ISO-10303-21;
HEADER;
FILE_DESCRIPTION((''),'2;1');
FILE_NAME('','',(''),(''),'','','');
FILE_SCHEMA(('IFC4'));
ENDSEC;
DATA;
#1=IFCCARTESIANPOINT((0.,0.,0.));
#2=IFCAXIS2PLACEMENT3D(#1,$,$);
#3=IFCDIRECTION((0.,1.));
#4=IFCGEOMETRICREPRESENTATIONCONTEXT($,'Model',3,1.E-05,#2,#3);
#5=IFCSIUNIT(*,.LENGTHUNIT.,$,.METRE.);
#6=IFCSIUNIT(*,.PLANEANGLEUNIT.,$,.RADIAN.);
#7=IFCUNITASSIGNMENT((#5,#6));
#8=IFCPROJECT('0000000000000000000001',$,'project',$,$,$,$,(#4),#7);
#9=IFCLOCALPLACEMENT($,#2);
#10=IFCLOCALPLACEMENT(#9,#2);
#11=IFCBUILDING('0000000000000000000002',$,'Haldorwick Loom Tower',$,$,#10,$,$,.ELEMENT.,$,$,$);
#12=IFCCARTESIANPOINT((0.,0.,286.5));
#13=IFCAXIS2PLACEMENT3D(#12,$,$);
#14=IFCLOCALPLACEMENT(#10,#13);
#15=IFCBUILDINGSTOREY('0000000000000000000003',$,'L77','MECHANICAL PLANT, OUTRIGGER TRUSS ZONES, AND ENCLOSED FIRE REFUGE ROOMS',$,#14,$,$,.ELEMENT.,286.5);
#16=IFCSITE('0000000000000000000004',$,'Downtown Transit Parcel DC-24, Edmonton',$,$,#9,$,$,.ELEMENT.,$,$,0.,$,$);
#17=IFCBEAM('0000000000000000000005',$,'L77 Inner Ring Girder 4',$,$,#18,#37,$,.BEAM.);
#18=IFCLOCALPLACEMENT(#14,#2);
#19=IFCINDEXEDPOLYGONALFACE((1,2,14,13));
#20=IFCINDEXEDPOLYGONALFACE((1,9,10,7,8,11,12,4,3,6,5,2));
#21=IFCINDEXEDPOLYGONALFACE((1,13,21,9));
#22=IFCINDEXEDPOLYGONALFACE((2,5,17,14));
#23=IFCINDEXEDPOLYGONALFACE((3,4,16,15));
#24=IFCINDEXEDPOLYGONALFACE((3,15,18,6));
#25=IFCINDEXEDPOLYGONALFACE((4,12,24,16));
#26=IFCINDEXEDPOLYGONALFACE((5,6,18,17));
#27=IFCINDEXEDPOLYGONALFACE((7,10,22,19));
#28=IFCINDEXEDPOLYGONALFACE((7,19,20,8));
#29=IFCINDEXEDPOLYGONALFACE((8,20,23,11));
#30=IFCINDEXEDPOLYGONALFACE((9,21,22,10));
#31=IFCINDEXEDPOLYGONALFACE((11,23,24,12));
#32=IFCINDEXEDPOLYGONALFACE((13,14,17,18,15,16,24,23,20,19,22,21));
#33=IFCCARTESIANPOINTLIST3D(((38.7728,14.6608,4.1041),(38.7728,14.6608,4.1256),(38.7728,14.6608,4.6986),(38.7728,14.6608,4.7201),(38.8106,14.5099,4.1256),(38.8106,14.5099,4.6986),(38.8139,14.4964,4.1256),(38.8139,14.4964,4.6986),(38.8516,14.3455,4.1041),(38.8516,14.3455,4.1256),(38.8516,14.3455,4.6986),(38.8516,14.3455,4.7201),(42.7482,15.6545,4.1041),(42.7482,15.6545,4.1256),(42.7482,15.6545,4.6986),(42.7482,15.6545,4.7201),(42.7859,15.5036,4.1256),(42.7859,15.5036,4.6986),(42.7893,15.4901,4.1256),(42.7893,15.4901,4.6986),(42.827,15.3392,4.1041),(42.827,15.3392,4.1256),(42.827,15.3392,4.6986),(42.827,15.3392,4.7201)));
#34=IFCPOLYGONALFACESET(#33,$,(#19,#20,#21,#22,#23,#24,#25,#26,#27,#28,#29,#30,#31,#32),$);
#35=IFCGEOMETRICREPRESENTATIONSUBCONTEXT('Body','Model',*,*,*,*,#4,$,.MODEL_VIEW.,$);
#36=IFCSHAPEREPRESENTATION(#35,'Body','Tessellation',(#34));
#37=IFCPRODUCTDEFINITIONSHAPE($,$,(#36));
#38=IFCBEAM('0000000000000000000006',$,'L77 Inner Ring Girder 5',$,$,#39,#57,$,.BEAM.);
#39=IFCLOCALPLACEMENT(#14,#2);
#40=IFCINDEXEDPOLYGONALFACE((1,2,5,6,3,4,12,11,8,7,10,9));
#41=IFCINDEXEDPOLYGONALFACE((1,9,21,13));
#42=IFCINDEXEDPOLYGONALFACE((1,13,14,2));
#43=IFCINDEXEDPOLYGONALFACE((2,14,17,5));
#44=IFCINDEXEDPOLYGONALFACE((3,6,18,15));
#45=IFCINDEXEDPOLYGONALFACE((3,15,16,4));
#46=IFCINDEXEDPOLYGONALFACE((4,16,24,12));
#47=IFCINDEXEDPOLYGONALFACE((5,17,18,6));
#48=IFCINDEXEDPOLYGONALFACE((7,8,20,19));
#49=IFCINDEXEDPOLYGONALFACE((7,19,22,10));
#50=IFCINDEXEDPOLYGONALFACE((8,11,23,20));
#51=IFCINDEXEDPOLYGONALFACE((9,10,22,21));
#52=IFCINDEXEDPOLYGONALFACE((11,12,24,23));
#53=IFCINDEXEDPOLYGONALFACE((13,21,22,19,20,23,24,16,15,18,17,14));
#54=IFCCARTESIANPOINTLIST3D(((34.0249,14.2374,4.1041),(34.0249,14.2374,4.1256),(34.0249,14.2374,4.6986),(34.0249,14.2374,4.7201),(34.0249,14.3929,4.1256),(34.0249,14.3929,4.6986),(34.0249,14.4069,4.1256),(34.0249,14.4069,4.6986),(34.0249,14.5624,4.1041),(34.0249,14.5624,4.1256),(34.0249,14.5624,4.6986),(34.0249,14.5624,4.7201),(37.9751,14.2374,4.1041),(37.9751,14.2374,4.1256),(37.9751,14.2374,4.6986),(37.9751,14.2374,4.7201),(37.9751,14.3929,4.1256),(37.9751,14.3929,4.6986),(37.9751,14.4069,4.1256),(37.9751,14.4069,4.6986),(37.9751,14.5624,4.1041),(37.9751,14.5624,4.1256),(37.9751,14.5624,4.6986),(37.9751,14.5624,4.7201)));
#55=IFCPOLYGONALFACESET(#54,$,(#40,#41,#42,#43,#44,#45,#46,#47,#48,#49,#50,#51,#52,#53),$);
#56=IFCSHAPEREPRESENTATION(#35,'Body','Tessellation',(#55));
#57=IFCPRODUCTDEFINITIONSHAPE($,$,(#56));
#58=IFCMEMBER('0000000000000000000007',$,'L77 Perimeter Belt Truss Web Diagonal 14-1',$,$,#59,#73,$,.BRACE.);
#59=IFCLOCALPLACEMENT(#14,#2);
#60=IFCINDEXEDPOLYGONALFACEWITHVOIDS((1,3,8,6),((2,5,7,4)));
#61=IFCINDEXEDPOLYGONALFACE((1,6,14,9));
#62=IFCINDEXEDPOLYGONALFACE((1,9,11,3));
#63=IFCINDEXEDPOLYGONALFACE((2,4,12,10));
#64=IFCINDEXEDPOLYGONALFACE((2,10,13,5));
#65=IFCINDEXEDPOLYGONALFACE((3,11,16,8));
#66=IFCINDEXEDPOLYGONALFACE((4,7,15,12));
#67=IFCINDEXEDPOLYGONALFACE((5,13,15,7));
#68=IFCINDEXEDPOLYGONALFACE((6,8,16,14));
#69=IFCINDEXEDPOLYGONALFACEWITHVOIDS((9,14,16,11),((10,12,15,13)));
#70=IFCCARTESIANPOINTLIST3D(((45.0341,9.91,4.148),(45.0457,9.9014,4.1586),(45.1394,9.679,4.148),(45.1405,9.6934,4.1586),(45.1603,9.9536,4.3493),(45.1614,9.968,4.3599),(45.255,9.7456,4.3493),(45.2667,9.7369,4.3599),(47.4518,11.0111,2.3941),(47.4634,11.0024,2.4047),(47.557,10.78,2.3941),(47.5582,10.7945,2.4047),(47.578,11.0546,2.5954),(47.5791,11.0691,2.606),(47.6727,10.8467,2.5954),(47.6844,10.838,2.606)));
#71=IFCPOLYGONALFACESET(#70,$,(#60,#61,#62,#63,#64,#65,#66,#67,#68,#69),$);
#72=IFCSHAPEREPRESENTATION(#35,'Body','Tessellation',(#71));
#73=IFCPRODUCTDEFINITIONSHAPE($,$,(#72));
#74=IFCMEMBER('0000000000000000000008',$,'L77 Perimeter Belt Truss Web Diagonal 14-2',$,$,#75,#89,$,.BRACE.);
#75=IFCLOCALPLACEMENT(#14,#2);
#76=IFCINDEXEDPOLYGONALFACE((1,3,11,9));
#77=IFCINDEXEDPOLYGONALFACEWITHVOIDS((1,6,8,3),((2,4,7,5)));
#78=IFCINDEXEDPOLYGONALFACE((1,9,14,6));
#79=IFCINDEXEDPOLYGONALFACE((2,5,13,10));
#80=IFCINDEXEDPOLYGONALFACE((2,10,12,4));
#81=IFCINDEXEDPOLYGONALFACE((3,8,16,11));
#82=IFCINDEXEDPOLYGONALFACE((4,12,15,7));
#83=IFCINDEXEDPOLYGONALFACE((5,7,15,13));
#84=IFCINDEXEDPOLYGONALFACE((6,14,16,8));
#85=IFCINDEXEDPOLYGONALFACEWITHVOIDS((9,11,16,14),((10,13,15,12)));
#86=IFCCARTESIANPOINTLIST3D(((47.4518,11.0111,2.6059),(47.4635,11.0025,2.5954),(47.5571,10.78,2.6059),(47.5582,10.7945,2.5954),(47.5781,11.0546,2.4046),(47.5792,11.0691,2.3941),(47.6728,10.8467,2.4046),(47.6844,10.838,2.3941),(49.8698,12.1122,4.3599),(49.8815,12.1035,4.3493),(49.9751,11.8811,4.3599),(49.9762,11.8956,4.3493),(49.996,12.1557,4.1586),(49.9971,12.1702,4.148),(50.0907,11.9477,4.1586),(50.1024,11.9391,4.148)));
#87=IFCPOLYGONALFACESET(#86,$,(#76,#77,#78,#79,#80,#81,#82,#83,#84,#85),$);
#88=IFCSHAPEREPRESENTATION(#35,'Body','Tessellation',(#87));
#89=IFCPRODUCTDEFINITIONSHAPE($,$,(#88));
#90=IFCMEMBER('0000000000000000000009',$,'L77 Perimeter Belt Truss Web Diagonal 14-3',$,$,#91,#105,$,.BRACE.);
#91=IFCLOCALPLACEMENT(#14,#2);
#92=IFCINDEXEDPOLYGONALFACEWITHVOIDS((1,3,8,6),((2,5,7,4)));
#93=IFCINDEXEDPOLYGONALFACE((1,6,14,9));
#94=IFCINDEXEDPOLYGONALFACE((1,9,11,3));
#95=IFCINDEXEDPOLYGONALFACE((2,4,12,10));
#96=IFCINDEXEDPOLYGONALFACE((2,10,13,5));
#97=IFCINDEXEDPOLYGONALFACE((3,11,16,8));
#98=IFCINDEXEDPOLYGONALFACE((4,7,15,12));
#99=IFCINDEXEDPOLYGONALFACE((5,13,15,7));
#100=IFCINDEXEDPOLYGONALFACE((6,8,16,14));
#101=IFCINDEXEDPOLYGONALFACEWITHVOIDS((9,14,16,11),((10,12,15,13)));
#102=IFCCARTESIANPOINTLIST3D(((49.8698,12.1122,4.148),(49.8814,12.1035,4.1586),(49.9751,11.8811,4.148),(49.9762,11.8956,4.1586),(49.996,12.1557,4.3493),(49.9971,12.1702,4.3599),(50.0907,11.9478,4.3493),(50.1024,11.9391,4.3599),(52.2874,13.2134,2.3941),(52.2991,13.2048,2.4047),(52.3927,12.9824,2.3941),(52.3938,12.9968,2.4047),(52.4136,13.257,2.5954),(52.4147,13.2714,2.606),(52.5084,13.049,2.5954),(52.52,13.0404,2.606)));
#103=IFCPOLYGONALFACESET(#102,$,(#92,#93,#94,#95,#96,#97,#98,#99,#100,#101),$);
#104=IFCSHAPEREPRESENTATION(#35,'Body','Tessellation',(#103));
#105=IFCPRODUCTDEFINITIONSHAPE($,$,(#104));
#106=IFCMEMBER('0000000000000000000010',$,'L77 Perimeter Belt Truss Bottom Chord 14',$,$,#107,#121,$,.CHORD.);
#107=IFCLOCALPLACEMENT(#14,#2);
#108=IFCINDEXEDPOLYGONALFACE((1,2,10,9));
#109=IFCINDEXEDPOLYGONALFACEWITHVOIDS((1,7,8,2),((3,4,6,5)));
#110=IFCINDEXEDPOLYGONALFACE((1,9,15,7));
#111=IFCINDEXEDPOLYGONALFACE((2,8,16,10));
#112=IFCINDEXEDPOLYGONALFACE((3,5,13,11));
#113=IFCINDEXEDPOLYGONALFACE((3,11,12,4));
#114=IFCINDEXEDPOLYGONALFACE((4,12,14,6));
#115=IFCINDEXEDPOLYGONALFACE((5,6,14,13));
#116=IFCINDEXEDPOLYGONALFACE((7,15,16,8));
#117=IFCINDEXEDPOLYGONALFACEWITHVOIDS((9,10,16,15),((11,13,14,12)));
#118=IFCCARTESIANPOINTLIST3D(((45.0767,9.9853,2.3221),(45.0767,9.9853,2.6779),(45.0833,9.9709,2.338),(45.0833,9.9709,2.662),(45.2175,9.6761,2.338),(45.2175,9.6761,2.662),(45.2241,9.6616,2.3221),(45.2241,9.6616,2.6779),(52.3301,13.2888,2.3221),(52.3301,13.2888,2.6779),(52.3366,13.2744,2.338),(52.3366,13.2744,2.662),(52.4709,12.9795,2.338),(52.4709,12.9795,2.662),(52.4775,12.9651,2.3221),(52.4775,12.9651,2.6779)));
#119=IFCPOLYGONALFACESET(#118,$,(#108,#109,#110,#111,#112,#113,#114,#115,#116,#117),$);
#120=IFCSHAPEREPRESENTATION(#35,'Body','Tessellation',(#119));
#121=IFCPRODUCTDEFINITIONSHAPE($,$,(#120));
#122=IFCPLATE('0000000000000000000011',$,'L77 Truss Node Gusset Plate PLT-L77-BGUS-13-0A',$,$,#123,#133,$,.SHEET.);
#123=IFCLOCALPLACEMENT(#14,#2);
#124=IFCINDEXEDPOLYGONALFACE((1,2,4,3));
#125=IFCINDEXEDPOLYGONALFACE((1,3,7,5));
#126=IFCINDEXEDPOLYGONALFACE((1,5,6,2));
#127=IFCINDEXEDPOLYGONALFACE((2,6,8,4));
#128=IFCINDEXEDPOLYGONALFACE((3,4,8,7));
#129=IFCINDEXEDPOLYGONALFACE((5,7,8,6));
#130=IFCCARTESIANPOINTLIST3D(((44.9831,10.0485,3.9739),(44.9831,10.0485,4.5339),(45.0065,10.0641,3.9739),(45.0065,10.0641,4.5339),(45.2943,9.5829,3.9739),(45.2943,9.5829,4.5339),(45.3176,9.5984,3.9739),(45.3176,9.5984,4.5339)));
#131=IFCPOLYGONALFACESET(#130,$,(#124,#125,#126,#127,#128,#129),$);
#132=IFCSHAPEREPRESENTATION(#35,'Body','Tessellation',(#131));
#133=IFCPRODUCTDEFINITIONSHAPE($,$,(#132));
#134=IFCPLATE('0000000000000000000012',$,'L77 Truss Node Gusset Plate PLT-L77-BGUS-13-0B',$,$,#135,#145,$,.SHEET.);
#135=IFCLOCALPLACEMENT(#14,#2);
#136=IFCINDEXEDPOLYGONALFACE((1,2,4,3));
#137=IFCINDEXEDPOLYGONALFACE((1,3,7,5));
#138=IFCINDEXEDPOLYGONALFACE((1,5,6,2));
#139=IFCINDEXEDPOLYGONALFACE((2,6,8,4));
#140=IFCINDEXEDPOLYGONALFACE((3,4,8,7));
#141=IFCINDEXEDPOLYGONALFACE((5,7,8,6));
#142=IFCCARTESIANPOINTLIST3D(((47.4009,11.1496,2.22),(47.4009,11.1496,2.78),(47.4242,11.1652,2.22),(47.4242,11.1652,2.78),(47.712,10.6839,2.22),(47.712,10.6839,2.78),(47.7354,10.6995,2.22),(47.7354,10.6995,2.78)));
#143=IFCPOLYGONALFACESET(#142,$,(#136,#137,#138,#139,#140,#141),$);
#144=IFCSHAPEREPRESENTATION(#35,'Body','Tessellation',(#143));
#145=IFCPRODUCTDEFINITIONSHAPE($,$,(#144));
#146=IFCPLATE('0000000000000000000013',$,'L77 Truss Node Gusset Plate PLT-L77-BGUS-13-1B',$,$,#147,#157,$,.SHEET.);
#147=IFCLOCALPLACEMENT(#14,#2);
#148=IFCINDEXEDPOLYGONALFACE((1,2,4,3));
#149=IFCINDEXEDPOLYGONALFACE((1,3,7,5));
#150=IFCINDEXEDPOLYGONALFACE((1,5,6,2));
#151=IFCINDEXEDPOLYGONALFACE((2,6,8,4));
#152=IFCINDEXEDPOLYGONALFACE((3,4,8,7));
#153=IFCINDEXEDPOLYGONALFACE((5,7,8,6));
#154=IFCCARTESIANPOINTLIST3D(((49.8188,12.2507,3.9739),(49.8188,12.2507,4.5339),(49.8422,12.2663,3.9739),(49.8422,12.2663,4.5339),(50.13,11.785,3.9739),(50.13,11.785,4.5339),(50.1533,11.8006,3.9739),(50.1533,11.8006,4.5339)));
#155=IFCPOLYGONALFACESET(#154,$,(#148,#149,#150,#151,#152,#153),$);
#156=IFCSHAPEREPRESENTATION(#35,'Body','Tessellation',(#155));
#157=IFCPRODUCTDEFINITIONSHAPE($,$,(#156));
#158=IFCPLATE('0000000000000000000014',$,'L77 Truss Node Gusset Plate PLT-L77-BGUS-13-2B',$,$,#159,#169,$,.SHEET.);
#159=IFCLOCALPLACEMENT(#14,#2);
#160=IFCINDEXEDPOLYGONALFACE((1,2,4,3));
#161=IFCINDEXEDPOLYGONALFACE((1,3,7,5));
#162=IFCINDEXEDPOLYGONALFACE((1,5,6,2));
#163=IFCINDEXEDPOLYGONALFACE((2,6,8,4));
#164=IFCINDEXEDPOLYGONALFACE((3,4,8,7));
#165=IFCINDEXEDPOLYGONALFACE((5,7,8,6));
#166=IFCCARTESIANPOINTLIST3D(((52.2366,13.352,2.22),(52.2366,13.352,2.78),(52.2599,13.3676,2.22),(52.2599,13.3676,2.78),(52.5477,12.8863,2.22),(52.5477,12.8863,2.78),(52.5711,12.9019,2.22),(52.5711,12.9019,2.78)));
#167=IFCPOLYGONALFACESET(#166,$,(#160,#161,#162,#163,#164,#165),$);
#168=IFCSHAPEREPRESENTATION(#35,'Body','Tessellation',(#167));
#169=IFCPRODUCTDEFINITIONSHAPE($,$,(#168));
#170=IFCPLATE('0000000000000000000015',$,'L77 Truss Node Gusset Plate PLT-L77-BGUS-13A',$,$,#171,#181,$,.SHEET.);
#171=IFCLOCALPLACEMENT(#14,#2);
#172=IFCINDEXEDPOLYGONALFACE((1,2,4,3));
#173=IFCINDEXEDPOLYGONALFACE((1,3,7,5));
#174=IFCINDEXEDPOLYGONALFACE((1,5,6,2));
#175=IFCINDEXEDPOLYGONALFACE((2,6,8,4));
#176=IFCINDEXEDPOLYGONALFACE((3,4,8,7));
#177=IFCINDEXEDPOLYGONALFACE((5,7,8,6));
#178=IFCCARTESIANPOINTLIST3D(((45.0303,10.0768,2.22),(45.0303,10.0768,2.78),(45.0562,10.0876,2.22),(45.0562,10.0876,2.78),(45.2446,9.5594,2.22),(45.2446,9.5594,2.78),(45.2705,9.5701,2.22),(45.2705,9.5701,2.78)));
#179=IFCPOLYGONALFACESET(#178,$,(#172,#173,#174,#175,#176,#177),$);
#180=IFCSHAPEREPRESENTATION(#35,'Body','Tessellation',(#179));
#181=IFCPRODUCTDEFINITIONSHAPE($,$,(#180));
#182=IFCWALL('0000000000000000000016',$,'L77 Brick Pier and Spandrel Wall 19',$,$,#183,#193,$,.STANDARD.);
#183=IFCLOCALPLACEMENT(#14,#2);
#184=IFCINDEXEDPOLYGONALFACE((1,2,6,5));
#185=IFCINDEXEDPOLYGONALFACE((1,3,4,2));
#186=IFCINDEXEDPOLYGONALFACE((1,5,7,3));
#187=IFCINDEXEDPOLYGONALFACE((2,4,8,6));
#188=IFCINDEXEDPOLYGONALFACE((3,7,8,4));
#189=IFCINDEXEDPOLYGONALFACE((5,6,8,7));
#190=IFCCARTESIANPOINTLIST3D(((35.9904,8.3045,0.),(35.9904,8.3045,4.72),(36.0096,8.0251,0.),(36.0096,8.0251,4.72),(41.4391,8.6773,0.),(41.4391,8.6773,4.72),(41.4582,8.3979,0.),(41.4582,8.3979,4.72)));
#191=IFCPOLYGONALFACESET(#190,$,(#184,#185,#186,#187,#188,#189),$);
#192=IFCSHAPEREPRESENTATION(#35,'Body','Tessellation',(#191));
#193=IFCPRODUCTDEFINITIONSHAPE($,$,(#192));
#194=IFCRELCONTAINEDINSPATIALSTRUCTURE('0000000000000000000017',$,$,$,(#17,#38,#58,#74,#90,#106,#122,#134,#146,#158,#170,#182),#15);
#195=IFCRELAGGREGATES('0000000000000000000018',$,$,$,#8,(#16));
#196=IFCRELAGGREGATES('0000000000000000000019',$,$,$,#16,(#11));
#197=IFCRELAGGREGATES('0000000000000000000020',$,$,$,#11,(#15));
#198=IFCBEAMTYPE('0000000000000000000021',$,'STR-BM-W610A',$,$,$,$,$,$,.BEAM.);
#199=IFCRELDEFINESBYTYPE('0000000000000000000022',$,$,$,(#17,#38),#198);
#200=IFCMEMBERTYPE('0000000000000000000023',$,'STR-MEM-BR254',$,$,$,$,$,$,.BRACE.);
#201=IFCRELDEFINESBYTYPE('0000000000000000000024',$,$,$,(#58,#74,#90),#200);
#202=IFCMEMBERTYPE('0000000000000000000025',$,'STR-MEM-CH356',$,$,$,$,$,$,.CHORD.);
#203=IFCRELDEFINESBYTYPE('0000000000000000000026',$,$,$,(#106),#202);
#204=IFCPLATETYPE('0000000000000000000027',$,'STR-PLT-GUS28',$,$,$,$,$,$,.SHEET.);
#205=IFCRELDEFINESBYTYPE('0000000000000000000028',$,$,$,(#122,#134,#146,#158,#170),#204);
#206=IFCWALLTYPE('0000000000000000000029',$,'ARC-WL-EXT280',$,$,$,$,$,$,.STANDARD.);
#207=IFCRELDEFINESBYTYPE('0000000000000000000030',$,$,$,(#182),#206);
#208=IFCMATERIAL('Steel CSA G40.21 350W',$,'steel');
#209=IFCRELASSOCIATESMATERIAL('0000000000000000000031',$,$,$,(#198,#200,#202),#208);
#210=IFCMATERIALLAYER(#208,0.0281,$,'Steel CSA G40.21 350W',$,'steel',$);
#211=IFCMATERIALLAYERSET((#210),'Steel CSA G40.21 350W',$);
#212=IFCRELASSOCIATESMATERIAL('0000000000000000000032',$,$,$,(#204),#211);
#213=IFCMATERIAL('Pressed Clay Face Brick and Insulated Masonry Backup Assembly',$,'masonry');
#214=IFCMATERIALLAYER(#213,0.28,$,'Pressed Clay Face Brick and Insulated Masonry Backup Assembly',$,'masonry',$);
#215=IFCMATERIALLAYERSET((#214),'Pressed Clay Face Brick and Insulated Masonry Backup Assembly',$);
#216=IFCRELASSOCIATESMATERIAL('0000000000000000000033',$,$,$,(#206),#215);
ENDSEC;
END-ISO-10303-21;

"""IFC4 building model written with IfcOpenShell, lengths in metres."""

from ifc_helpers import new_model, si_unit, direction, frame, frame_2d, origin, origin_2d, place, context, subcontext, project, spatial, rectangle, hollow_rectangle, i_section, extrude, material, layer, layer_set, material_profile, profile_set, type_object, element, save


model = new_model("IFC4")

# Units and contexts
model_context = context("Model", 3, precision=1e-05, world=origin(), true_north=direction((0.0, 1.0)))
body_context = subcontext(model_context, "Body", "Model", "MODEL_VIEW")
ifc_project = project(units=[si_unit("LENGTHUNIT", "METRE"), si_unit("PLANEANGLEUNIT", "RADIAN")], contexts=[model_context])

# Site, building, storey
site_placement = place(None, origin())
site = spatial("IfcSite", under=ifc_project, at=site_placement, Name="Downtown Transit Parcel DC-24, Edmonton", CompositionType="ELEMENT", RefElevation=0.0)
building_placement = place(site_placement, origin())
building = spatial("IfcBuilding", under=site, at=building_placement, Name="Haldorwick Loom Tower", CompositionType="ELEMENT")
storey_placement = place(building_placement, frame((0.0, 0.0, 286.5)))
storey = spatial("IfcBuildingStorey", under=building, at=storey_placement, Name="L77", Description="MECHANICAL PLANT, OUTRIGGER TRUSS ZONES, AND ENCLOSED FIRE REFUGE ROOMS", CompositionType="ELEMENT", Elevation=286.5)

# Beams
ifc_material_1 = material(Name="Steel CSA G40.21 350W", Category="steel")
ifc_material_profile_1 = material_profile(ifc_material_1, i_section(OverallWidth=0.325, OverallDepth=0.616, WebThickness=0.0139, FlangeThickness=0.0215, at=origin_2d()), Name="W610X174", Category="steel")
ifc_profile_set_1 = profile_set([ifc_material_profile_1], Name="Steel CSA G40.21 350W")
beam_type_1 = type_object("IfcBeamType", Name="STR-BM-W610A", PredefinedType="BEAM", material=ifc_profile_set_1)
beam_1_placement = place(storey_placement, frame((42.7876, 15.4968, 4.4121), z_axis=(-0.970153, -0.242494, 0.0), x_axis=(0.242494, -0.970153, 0.0)))
element("IfcBeam", 1, at=beam_1_placement, inside=storey, type_object=beam_type_1, Name="L77 Inner Ring Girder 4", PredefinedType="BEAM", context=body_context, shape_type="SweptSolid", body=[
    extrude(i_section(OverallWidth=0.325, OverallDepth=0.616, WebThickness=0.0139, FlangeThickness=0.0215, at=origin_2d()), origin(), (0.0, 0.0, 1.0), 4.0977),
])
beam_2_placement = place(storey_placement, frame((37.9751, 14.3999, 4.4121), z_axis=(-1.0, 0.0, 0.0), x_axis=(0.0, -1.0, 0.0)))
element("IfcBeam", 2, at=beam_2_placement, inside=storey, type_object=beam_type_1, Name="L77 Inner Ring Girder 5", PredefinedType="BEAM", context=body_context, shape_type="SweptSolid", body=[
    extrude(i_section(OverallWidth=0.325, OverallDepth=0.616, WebThickness=0.0139, FlangeThickness=0.0215, at=origin_2d()), origin(), (0.0, 0.0, 1.0), 3.9502),
])

# Members
ifc_material_profile_2 = material_profile(ifc_material_1, hollow_rectangle(XDim=0.2539, YDim=0.2539, WallThickness=0.0127, at=origin_2d()), Name="HSS254X254X13", Category="steel")
ifc_profile_set_2 = profile_set([ifc_material_profile_2], Name="Steel CSA G40.21 350W")
member_type_1 = type_object("IfcMemberType", Name="STR-MEM-BR254", PredefinedType="BRACE", material=ifc_profile_set_2)
member_1_placement = place(storey_placement, frame((45.1504, 9.8235, 4.2539), z_axis=(0.759482, 0.345882, -0.550956), x_axis=(-0.414461, 0.910067, 0.0)))
element("IfcMember", 3, at=member_1_placement, inside=storey, type_object=member_type_1, Name="L77 Perimeter Belt Truss Web Diagonal 14-1", PredefinedType="BRACE", context=body_context, shape_type="SweptSolid", body=[
    extrude(hollow_rectangle(XDim=0.2539, YDim=0.2539, WallThickness=0.0127, at=origin_2d()), origin(), (0.0, 0.0, 1.0), 3.1833),
])
member_2_placement = place(storey_placement, frame((47.5681, 10.9246, 2.5), z_axis=(0.759515, 0.345861, 0.550924), x_axis=(-0.414426, 0.910083, 0.0)))
element("IfcMember", 4, at=member_2_placement, inside=storey, type_object=member_type_1, Name="L77 Perimeter Belt Truss Web Diagonal 14-2", PredefinedType="BRACE", context=body_context, shape_type="SweptSolid", body=[
    extrude(hollow_rectangle(XDim=0.2539, YDim=0.2539, WallThickness=0.0127, at=origin_2d()), origin(), (0.0, 0.0, 1.0), 3.1836),
])
member_3_placement = place(storey_placement, frame((49.9861, 12.0256, 4.2539), z_axis=(0.759462, 0.345949, -0.550942), x_axis=(-0.414537, 0.910033, 0.0)))
element("IfcMember", 5, at=member_3_placement, inside=storey, type_object=member_type_1, Name="L77 Perimeter Belt Truss Web Diagonal 14-3", PredefinedType="BRACE", context=body_context, shape_type="SweptSolid", body=[
    extrude(hollow_rectangle(XDim=0.2539, YDim=0.2539, WallThickness=0.0127, at=origin_2d()), origin(), (0.0, 0.0, 1.0), 3.1833),
])
ifc_material_profile_3 = material_profile(ifc_material_1, hollow_rectangle(XDim=0.3557, YDim=0.3557, WallThickness=0.0159, at=origin_2d()), Name="HSS356X356X16", Category="steel")
ifc_profile_set_3 = profile_set([ifc_material_profile_3], Name="Steel CSA G40.21 350W")
member_type_2 = type_object("IfcMemberType", Name="STR-MEM-CH356", PredefinedType="CHORD", material=ifc_profile_set_3)
member_4_placement = place(storey_placement, frame((45.1504, 9.8235, 2.5), z_axis=(0.910061, 0.414474, 0.0), x_axis=(-0.414474, 0.910061, 0.0)))
element("IfcMember", 6, at=member_4_placement, inside=storey, type_object=member_type_2, Name="L77 Perimeter Belt Truss Bottom Chord 14", PredefinedType="CHORD", context=body_context, shape_type="SweptSolid", body=[
    extrude(hollow_rectangle(XDim=0.3557, YDim=0.3557, WallThickness=0.0159, at=origin_2d()), origin(), (0.0, 0.0, 1.0), 7.9702),
])

# Plates
ifc_layer_1 = layer(ifc_material_1, 0.0281, Name="Steel CSA G40.21 350W", Category="steel")
ifc_layer_set_1 = layer_set([ifc_layer_1], Name="Steel CSA G40.21 350W")
plate_type = type_object("IfcPlateType", Name="STR-PLT-GUS28", PredefinedType="SHEET", material=ifc_layer_set_1)
for number, where, z_axis, x_axis, name in (
    (7, (45.1504, 9.8235, 3.9739), (0.0, 0.0, 1.0), (0.55557, -0.83147, 0.0), "L77 Truss Node Gusset Plate PLT-L77-BGUS-13-0A"),
    (8, (47.5681, 10.9246, 2.22), (0.0, 0.0, 1.0), (0.55557, -0.83147, 0.0), "L77 Truss Node Gusset Plate PLT-L77-BGUS-13-0B"),
    (9, (49.9861, 12.0256, 3.9739), (0.0, 0.0, 1.0), (0.55557, -0.83147, 0.0), "L77 Truss Node Gusset Plate PLT-L77-BGUS-13-1B"),
    (10, (52.4038, 13.127, 2.22), (0.0, 0.0, 1.0), (0.55557, -0.83147, 0.0), "L77 Truss Node Gusset Plate PLT-L77-BGUS-13-2B"),
    (11, (45.1504, 9.8235, 2.22), (0.0, 0.0, 1.0), (0.382683, -0.92388, 0.0), "L77 Truss Node Gusset Plate PLT-L77-BGUS-13A"),
):
    element("IfcPlate", number, at=place(storey_placement, frame(where, z_axis=z_axis, x_axis=x_axis)), inside=storey, type_object=plate_type, Name=name, PredefinedType="SHEET", context=body_context, shape_type="SweptSolid", body=[
        extrude(rectangle(XDim=0.5601, YDim=0.0281, at=origin_2d()), origin(), (0.0, 0.0, 1.0), 0.5601),
    ])

# Wall
ifc_material_2 = material(Name="Pressed Clay Face Brick and Insulated Masonry Backup Assembly", Category="masonry")
ifc_layer_2 = layer(ifc_material_2, 0.28, Name="Pressed Clay Face Brick and Insulated Masonry Backup Assembly", Category="masonry")
ifc_layer_set_2 = layer_set([ifc_layer_2], Name="Pressed Clay Face Brick and Insulated Masonry Backup Assembly")
wall_type_1 = type_object("IfcWallType", Name="ARC-WL-EXT280", PredefinedType="STANDARD", material=ifc_layer_set_2)
wall_1_placement = place(storey_placement, frame((36.0, 8.1648, 0.0), z_axis=(0.0, 0.0, 1.0), x_axis=(0.997668, 0.068261, 0.0)))
element("IfcWall", 12, at=wall_1_placement, inside=storey, type_object=wall_type_1, Name="L77 Brick Pier and Spandrel Wall 19", PredefinedType="STANDARD", context=body_context, shape_type="SweptSolid", body=[
    extrude(rectangle(XDim=5.4614, YDim=0.28, at=frame_2d((2.7307, 0.0))), origin(), (0.0, 0.0, 1.0), 4.72),
])

save(model, "model.ifc")
